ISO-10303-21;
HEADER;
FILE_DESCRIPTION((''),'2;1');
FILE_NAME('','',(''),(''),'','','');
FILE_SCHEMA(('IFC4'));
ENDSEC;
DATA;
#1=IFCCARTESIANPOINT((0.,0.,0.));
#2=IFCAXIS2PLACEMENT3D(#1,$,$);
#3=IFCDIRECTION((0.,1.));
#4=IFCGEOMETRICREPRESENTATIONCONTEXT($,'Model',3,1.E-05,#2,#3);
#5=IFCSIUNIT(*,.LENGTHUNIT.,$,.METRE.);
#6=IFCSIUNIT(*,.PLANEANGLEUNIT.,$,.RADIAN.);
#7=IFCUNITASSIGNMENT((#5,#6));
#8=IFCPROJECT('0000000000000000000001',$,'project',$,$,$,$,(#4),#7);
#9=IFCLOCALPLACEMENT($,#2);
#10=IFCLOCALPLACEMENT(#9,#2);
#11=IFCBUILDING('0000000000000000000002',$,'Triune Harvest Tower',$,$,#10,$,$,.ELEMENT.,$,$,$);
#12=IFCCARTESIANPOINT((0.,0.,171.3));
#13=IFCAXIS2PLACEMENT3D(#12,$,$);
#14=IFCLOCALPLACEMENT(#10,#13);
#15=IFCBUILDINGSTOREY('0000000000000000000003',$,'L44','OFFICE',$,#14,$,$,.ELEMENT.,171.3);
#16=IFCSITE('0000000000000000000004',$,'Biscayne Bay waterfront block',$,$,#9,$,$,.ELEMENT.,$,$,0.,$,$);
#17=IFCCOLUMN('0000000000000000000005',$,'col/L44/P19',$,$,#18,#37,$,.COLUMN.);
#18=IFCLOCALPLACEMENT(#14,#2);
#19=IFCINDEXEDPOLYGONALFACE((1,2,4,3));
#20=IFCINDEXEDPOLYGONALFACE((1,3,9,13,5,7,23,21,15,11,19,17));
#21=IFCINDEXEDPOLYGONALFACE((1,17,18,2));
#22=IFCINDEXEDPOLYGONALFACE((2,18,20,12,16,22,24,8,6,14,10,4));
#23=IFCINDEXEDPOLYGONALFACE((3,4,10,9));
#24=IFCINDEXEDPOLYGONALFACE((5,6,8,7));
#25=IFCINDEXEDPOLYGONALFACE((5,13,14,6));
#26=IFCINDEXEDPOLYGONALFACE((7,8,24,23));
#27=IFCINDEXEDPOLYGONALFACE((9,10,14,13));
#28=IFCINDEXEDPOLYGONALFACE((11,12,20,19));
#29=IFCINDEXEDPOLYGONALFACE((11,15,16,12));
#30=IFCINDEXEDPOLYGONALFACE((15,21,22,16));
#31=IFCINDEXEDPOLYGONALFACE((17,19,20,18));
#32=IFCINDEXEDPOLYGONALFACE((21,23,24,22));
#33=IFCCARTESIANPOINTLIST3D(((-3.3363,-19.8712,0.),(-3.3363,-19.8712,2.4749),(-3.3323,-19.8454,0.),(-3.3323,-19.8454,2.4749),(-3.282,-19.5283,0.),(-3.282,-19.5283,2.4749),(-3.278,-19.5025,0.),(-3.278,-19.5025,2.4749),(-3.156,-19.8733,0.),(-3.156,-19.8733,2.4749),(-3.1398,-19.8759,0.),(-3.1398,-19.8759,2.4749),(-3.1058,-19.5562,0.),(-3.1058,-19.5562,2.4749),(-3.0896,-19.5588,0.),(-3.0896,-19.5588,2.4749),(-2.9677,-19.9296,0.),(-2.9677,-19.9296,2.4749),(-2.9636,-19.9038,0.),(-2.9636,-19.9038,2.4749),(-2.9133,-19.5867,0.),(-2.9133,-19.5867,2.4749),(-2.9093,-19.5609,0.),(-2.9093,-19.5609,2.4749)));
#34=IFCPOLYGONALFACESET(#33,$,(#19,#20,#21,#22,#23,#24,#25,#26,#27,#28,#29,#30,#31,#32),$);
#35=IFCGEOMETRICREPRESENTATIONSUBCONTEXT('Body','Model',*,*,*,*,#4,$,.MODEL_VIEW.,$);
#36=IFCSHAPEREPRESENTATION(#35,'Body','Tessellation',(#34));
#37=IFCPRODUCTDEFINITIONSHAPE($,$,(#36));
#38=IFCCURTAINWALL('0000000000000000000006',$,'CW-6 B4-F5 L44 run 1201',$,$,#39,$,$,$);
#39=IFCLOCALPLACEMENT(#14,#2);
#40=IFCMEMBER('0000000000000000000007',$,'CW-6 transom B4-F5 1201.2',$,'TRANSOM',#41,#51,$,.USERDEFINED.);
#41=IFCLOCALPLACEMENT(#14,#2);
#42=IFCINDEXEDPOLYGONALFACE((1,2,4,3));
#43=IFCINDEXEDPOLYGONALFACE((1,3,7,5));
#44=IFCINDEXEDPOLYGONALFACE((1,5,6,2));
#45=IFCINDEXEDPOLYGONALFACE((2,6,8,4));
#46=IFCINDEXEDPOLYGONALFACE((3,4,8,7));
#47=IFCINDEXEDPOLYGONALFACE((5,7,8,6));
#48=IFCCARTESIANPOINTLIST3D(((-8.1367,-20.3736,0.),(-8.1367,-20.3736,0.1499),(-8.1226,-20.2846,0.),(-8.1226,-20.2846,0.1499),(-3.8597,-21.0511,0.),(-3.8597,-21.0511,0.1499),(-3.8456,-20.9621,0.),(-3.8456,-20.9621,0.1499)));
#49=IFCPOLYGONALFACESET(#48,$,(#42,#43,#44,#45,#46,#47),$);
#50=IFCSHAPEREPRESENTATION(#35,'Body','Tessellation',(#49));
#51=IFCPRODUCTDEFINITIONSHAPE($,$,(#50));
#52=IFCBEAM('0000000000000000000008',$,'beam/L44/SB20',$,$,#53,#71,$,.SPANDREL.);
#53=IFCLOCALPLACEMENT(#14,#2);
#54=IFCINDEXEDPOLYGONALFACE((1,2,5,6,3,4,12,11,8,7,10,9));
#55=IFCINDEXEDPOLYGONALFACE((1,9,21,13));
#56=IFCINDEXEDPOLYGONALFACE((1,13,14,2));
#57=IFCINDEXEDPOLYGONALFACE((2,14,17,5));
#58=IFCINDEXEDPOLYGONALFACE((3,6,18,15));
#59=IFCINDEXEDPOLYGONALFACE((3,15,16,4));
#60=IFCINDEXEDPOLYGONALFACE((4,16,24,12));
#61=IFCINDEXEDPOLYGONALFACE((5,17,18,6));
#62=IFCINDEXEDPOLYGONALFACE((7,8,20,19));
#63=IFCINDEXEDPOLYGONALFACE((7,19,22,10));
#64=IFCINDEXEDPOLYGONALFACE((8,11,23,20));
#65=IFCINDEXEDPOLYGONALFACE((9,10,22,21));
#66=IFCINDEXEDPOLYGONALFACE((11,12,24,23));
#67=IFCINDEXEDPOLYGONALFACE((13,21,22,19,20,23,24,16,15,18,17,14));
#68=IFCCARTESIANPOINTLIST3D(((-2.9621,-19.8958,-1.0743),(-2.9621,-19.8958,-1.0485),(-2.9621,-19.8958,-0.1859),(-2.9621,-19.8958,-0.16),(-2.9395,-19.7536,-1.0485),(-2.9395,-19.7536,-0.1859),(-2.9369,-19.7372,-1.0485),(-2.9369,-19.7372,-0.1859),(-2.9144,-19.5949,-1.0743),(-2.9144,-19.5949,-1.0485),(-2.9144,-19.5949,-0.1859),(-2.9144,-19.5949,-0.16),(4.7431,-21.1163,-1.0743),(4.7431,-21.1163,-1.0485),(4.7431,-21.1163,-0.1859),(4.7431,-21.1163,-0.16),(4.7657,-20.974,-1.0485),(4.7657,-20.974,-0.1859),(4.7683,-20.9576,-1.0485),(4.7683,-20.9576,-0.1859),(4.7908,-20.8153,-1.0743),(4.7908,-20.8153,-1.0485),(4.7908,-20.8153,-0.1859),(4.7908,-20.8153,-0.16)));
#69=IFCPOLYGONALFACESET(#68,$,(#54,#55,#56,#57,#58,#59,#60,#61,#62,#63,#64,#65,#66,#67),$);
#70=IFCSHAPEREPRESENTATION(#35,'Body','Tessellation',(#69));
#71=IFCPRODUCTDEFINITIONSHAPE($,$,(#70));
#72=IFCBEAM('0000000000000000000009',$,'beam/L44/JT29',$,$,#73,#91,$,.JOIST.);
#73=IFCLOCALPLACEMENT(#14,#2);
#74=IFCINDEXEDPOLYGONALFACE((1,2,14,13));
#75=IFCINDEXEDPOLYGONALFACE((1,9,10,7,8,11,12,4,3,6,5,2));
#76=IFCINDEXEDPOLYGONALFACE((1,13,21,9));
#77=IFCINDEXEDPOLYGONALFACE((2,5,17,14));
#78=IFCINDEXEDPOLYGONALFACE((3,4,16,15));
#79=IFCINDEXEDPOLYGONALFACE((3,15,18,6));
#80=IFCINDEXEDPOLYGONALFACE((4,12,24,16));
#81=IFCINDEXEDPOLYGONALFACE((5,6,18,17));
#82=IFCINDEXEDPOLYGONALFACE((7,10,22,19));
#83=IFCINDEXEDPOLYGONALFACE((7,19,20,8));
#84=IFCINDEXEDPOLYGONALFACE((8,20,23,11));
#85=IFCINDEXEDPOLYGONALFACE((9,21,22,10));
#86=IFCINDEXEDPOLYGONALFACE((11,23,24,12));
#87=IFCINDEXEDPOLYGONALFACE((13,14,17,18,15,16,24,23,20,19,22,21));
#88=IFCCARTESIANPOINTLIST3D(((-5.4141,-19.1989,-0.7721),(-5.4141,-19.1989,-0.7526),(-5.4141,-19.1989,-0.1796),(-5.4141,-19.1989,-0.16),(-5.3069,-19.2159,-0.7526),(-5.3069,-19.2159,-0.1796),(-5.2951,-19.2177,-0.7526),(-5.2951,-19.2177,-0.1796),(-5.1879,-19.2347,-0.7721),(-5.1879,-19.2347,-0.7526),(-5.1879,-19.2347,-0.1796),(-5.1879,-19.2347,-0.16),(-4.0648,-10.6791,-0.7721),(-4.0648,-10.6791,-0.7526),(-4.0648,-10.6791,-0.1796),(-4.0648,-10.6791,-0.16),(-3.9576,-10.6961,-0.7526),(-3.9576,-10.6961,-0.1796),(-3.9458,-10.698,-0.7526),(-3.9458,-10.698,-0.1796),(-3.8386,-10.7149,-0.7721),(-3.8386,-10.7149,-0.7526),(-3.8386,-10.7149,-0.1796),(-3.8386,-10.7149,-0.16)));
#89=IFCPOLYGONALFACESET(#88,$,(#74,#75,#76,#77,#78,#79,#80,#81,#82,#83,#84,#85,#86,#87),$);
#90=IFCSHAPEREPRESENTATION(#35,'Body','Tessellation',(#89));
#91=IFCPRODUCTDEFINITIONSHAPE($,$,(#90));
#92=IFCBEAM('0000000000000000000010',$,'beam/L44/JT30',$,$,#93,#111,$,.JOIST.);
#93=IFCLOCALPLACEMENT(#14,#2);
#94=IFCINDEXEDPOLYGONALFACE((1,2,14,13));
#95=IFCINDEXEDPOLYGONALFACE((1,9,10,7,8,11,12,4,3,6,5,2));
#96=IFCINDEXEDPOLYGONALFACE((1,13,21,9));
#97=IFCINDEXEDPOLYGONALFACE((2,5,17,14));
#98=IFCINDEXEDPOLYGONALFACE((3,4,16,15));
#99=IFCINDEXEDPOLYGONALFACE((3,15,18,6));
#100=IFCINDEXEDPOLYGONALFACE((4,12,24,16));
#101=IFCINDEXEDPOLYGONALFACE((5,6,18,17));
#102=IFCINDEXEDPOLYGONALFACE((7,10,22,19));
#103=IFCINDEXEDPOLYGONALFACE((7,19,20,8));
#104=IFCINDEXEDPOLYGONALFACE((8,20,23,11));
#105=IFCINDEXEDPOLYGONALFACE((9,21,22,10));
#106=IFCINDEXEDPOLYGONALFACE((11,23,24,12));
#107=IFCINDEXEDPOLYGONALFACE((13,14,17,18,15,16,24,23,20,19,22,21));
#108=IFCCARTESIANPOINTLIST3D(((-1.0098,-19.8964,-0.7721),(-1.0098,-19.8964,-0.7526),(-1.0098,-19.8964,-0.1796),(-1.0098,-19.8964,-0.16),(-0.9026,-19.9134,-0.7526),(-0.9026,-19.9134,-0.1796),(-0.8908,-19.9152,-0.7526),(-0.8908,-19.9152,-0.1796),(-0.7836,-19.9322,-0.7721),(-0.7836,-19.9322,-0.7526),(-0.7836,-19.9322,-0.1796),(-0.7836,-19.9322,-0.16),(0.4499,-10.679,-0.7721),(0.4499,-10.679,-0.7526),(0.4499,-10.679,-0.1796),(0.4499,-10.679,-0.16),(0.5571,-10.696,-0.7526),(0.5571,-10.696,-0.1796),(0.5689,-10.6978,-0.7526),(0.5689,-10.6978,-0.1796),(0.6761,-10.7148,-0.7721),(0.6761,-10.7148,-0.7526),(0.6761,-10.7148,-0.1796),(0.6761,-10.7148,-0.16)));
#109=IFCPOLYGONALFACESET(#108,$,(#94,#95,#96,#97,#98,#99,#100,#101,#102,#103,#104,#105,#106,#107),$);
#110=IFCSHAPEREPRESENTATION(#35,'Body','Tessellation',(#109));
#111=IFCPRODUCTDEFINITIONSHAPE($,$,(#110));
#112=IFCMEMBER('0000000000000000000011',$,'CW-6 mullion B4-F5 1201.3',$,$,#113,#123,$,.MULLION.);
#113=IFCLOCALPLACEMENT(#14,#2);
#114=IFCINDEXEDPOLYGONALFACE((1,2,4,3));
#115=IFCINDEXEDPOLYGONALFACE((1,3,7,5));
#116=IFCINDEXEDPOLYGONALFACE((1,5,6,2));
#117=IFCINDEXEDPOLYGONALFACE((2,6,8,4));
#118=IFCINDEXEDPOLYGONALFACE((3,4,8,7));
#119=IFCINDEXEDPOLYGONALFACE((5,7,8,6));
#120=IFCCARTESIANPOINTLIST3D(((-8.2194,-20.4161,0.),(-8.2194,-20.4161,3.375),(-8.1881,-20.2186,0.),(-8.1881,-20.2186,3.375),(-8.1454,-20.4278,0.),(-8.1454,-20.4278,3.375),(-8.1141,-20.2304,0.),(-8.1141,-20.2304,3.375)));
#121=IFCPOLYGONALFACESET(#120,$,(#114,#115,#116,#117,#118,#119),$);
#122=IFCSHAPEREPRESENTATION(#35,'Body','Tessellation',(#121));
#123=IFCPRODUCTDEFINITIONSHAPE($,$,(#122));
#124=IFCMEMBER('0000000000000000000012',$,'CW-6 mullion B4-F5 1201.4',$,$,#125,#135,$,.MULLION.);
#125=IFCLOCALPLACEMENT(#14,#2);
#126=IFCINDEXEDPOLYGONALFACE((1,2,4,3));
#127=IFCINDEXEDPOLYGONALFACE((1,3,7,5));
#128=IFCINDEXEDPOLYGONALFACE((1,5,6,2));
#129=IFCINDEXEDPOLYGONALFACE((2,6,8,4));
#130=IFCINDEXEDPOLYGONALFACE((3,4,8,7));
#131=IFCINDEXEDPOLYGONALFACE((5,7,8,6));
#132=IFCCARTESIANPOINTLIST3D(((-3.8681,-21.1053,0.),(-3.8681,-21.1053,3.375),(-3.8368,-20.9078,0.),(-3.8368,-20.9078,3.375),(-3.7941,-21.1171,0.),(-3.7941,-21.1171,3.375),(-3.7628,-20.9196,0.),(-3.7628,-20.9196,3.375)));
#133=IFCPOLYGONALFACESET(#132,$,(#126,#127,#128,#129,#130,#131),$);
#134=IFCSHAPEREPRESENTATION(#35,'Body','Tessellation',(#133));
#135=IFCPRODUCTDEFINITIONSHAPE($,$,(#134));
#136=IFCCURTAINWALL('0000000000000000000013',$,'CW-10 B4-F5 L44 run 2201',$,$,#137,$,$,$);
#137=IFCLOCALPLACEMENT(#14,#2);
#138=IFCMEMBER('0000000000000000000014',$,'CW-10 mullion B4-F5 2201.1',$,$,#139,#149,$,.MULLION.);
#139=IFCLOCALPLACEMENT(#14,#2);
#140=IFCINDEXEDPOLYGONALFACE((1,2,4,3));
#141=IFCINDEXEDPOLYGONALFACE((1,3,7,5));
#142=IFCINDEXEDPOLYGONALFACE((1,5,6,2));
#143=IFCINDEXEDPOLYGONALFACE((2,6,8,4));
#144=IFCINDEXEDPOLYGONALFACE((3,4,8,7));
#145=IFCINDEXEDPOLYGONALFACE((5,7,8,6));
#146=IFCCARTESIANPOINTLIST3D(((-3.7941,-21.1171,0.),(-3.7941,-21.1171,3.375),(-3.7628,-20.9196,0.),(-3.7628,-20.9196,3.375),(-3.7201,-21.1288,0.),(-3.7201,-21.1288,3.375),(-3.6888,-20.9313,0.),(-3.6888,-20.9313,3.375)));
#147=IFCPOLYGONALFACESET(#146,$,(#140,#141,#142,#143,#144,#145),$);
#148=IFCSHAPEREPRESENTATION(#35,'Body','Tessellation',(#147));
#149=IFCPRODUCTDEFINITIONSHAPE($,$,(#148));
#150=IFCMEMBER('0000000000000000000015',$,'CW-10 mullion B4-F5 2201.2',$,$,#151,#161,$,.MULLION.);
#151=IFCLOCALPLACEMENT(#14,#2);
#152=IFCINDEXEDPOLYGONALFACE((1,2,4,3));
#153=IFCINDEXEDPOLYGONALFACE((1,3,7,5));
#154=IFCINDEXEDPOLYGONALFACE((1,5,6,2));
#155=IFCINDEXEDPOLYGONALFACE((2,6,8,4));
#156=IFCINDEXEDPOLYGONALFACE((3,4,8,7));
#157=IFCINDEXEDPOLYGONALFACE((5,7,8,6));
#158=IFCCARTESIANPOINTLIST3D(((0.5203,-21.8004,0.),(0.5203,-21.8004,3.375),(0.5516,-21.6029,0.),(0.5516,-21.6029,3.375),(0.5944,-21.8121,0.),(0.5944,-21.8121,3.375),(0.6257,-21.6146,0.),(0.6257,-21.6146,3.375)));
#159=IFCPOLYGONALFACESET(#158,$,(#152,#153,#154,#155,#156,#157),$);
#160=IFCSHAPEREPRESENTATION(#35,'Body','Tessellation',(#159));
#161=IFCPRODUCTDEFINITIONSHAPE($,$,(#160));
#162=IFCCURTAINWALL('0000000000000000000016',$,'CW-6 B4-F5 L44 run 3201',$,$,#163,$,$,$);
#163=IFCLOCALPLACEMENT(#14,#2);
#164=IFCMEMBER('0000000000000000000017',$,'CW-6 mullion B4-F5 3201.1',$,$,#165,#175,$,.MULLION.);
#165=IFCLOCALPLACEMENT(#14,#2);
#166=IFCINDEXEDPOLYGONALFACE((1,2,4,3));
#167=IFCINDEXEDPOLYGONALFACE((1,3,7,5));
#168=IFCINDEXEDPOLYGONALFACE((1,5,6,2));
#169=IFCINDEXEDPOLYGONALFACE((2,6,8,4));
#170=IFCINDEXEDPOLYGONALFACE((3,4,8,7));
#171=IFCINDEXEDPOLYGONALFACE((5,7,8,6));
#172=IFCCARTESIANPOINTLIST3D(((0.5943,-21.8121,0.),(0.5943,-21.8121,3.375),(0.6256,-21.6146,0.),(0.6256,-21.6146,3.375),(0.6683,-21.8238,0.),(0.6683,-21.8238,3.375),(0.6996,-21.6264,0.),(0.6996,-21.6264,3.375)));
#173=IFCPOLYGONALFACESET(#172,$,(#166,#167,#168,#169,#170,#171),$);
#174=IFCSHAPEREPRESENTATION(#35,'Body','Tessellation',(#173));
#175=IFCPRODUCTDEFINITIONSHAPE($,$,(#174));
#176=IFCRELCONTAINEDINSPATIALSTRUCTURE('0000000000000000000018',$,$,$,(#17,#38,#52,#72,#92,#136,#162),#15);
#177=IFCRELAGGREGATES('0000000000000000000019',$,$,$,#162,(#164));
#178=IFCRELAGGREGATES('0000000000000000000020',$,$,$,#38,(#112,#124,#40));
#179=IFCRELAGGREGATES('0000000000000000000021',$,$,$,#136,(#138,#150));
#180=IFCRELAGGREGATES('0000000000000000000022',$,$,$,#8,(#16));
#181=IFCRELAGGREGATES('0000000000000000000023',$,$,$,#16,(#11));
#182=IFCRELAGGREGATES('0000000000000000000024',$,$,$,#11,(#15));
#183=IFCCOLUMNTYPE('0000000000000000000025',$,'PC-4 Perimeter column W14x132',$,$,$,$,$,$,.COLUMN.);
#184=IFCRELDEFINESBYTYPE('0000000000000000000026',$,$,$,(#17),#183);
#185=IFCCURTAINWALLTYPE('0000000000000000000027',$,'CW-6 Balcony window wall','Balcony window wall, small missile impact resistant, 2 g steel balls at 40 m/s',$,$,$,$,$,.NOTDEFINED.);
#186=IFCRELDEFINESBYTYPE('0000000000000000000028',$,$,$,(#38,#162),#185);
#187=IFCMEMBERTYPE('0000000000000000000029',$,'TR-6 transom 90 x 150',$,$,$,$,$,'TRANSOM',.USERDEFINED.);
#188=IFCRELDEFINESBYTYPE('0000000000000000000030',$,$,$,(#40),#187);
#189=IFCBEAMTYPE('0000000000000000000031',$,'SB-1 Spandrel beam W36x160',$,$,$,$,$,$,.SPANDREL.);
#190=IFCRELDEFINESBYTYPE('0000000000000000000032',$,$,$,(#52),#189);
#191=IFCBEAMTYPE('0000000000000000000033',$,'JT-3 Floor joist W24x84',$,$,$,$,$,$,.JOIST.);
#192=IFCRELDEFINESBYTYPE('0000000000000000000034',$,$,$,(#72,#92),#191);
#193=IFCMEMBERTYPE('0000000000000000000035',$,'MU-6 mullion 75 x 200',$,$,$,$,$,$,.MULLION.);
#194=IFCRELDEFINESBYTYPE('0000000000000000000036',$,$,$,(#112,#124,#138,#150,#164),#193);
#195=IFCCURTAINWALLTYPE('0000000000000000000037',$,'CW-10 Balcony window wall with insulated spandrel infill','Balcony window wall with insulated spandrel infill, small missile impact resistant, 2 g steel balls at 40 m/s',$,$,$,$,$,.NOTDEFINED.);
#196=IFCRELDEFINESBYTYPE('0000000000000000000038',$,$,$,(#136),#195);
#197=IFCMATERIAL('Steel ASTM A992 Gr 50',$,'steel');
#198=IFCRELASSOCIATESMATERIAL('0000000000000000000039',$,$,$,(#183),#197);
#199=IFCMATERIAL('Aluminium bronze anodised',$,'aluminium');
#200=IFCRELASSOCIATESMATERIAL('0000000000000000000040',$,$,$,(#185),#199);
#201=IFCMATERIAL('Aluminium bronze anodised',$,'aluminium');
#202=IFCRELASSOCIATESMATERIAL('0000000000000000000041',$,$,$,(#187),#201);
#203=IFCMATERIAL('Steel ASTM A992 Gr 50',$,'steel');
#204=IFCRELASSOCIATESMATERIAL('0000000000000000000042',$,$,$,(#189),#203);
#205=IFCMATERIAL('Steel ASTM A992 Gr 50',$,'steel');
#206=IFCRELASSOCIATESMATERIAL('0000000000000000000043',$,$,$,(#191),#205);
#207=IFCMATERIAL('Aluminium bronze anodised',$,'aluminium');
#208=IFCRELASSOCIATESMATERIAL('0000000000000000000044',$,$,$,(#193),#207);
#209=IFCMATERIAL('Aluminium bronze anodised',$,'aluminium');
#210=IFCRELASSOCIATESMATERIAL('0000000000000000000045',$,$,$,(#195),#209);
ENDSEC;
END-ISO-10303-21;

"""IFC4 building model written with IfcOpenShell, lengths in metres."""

from ifc_helpers import new_model, si_unit, direction, frame, origin, origin_2d, place, context, subcontext, project, spatial, rectangle, i_section, extrude, source, transform, mapped, material, material_profile, profile_set, type_object, element, aggregate, save


model = new_model("IFC4")

# Units and contexts
model_context = context("Model", 3, precision=1e-05, world=origin(), true_north=direction((0.0, 1.0)))
body_context = subcontext(model_context, "Body", "Model", "MODEL_VIEW")
ifc_project = project(units=[si_unit("LENGTHUNIT", "METRE"), si_unit("PLANEANGLEUNIT", "RADIAN")], contexts=[model_context])

# Site, building, storey
site_placement = place(None, origin())
site = spatial("IfcSite", under=ifc_project, at=site_placement, Name="Biscayne Bay waterfront block", CompositionType="ELEMENT", RefElevation=0.0)
building_placement = place(site_placement, origin())
building = spatial("IfcBuilding", under=site, at=building_placement, Name="Triune Harvest Tower", CompositionType="ELEMENT")
storey_placement = place(building_placement, frame((0.0, 0.0, 171.3)))
storey = spatial("IfcBuildingStorey", under=building, at=storey_placement, Name="L44", Description="OFFICE", CompositionType="ELEMENT", Elevation=171.3)

# Column
ifc_material_1 = material(Name="Steel ASTM A992 Gr 50", Category="steel")
ifc_material_profile_1 = material_profile(ifc_material_1, i_section(OverallWidth=0.3733, OverallDepth=0.3733, WebThickness=0.0164, FlangeThickness=0.0261, at=origin_2d()), Name="W14x132")
ifc_profile_set_1 = profile_set([ifc_material_profile_1], Name="Steel ASTM A992 Gr 50")
column_type = type_object("IfcColumnType", Name="PC-4 Perimeter column W14x132", PredefinedType="COLUMN", material=ifc_profile_set_1)
shared_shape_1 = source(origin(), body_context, "Body", "SweptSolid", [
    extrude(i_section(OverallWidth=0.3733, OverallDepth=0.3733, WebThickness=0.0164, FlangeThickness=0.0261, at=origin_2d()), origin(), (0.0, 0.0, 1.0), 2.4749),
])
column_placement = place(storey_placement, frame((-3.1228, -19.7161, 0.0), z_axis=(0.0, 0.0, 1.0), x_axis=(0.987688, -0.156434, 0.0)))
element("IfcColumn", 1, at=column_placement, inside=storey, type_object=column_type, Name="col/L44/P19", PredefinedType="COLUMN", context=body_context, shape_type="MappedRepresentation", body=[
    mapped(shared_shape_1, transform((0.0, 0.0, 0.0), scale=1.0)),
])

# Curtain wall, member
ifc_material_2 = material(Name="Aluminium bronze anodised", Category="aluminium")
curtain_wall_type_1 = type_object("IfcCurtainWallType", Name="CW-6 Balcony window wall", Description="Balcony window wall, small missile impact resistant, 2 g steel balls at 40 m/s", PredefinedType="NOTDEFINED", material=ifc_material_2)
curtain_wall_1_placement = place(storey_placement, origin())
curtain_wall_1 = element("IfcCurtainWall", 2, at=curtain_wall_1_placement, inside=storey, type_object=curtain_wall_type_1, Name="CW-6 B4-F5 L44 run 1201")
ifc_material_3 = material(Name="Aluminium bronze anodised", Category="aluminium")
ifc_material_profile_2 = material_profile(ifc_material_3, rectangle(XDim=0.0901, YDim=0.1499, at=origin_2d()), Name="TR-6 transom 90 x 150")
ifc_profile_set_2 = profile_set([ifc_material_profile_2], Name="Aluminium bronze anodised")
member_type_1 = type_object("IfcMemberType", Name="TR-6 transom 90 x 150", ElementType="TRANSOM", PredefinedType="USERDEFINED", material=ifc_profile_set_2)
member_1_placement = place(storey_placement, frame((-8.1296, -20.3291, 0.075), z_axis=(0.987686, -0.156449, 0.0), x_axis=(0.156449, 0.987686, 0.0)))
member_1 = element("IfcMember", 3, at=member_1_placement, type_object=member_type_1, Name="CW-6 transom B4-F5 1201.2", ObjectType="TRANSOM", PredefinedType="USERDEFINED", context=body_context, shape_type="SweptSolid", body=[
    extrude(rectangle(XDim=0.0901, YDim=0.1499, at=origin_2d()), origin(), (0.0, 0.0, 1.0), 4.3303),
])

# Beams
ifc_material_4 = material(Name="Steel ASTM A992 Gr 50", Category="steel")
ifc_material_profile_3 = material_profile(ifc_material_4, i_section(OverallWidth=0.3047, OverallDepth=0.9143, WebThickness=0.0166, FlangeThickness=0.0259, at=origin_2d()), Name="W36x160")
ifc_profile_set_3 = profile_set([ifc_material_profile_3], Name="Steel ASTM A992 Gr 50")
beam_type_1 = type_object("IfcBeamType", Name="SB-1 Spandrel beam W36x160", PredefinedType="SPANDREL", material=ifc_profile_set_3)
shared_shape_2 = source(origin(), body_context, "Body", "SweptSolid", [
    extrude(i_section(OverallWidth=0.3047, OverallDepth=0.9143, WebThickness=0.0166, FlangeThickness=0.0259, at=origin_2d()), origin(), (0.0, 0.0, 1.0), 7.8013),
])
beam_1_placement = place(storey_placement, frame((-2.9382, -19.7454, -0.6172), z_axis=(0.987687, -0.156441, 0.0), x_axis=(0.156441, 0.987687, 0.0)))
element("IfcBeam", 4, at=beam_1_placement, inside=storey, type_object=beam_type_1, Name="beam/L44/SB20", PredefinedType="SPANDREL", context=body_context, shape_type="MappedRepresentation", body=[
    mapped(shared_shape_2, transform((0.0, 0.0, 0.0), scale=1.0)),
])
ifc_material_5 = material(Name="Steel ASTM A992 Gr 50", Category="steel")
ifc_material_profile_4 = material_profile(ifc_material_5, i_section(OverallWidth=0.229, OverallDepth=0.6121, WebThickness=0.012, FlangeThickness=0.0195, at=origin_2d()), Name="W24x84")
ifc_profile_set_4 = profile_set([ifc_material_profile_4], Name="Steel ASTM A992 Gr 50")
beam_type_2 = type_object("IfcBeamType", Name="JT-3 Floor joist W24x84", PredefinedType="JOIST", material=ifc_profile_set_4)
shared_shape_3 = source(origin(), body_context, "Body", "SweptSolid", [
    extrude(i_section(OverallWidth=0.229, OverallDepth=0.6121, WebThickness=0.012, FlangeThickness=0.0195, at=origin_2d()), origin(), (0.0, 0.0, 1.0), 8.626),
])
beam_2_placement = place(storey_placement, frame((-5.301, -19.2168, -0.4661), z_axis=(0.156431, 0.987689, 0.0), x_axis=(-0.987689, 0.156431, 0.0)))
element("IfcBeam", 5, at=beam_2_placement, inside=storey, type_object=beam_type_2, Name="beam/L44/JT29", PredefinedType="JOIST", context=body_context, shape_type="MappedRepresentation", body=[
    mapped(shared_shape_3, transform((0.0, 0.0, 0.0), scale=1.0)),
])
shared_shape_4 = source(origin(), body_context, "Body", "SweptSolid", [
    extrude(i_section(OverallWidth=0.229, OverallDepth=0.6121, WebThickness=0.012, FlangeThickness=0.0195, at=origin_2d()), origin(), (0.0, 0.0, 1.0), 9.3323),
])
beam_3_placement = place(storey_placement, frame((-0.8967, -19.9143, -0.4661), z_axis=(0.156418, 0.987691, 0.0), x_axis=(-0.987691, 0.156418, 0.0)))
element("IfcBeam", 6, at=beam_3_placement, inside=storey, type_object=beam_type_2, Name="beam/L44/JT30", PredefinedType="JOIST", context=body_context, shape_type="MappedRepresentation", body=[
    mapped(shared_shape_4, transform((0.0, 0.0, 0.0), scale=1.0)),
])

# Members
ifc_material_6 = material(Name="Aluminium bronze anodised", Category="aluminium")
ifc_material_profile_5 = material_profile(ifc_material_6, rectangle(XDim=0.2, YDim=0.075, at=origin_2d()), Name="MU-6 mullion 75 x 200")
ifc_profile_set_5 = profile_set([ifc_material_profile_5], Name="Aluminium bronze anodised")
member_type_2 = type_object("IfcMemberType", Name="MU-6 mullion 75 x 200", PredefinedType="MULLION", material=ifc_profile_set_5)
shared_shape_5 = source(origin(), body_context, "Body", "SweptSolid", [
    extrude(rectangle(XDim=0.2, YDim=0.075, at=origin_2d()), origin(), (0.0, 0.0, 1.0), 3.375),
])
member_2_placement = place(storey_placement, frame((-8.1667, -20.3232, 0.0), z_axis=(0.0, 0.0, 1.0), x_axis=(0.156441, 0.987687, 0.0)))
member_2 = element("IfcMember", 7, at=member_2_placement, type_object=member_type_2, Name="CW-6 mullion B4-F5 1201.3", PredefinedType="MULLION", context=body_context, shape_type="MappedRepresentation", body=[
    mapped(shared_shape_5, transform((0.0, 0.0, 0.0), scale=1.0)),
])
member_3_placement = place(storey_placement, frame((-3.8154, -21.0125, 0.0), z_axis=(0.0, 0.0, 1.0), x_axis=(0.156441, 0.987687, 0.0)))
member_3 = element("IfcMember", 8, at=member_3_placement, type_object=member_type_2, Name="CW-6 mullion B4-F5 1201.4", PredefinedType="MULLION", context=body_context, shape_type="MappedRepresentation", body=[
    mapped(shared_shape_5, transform((0.0, 0.0, 0.0), scale=1.0)),
])

# Curtain wall, members
ifc_material_7 = material(Name="Aluminium bronze anodised", Category="aluminium")
curtain_wall_type_2 = type_object("IfcCurtainWallType", Name="CW-10 Balcony window wall with insulated spandrel infill", Description="Balcony window wall with insulated spandrel infill, small missile impact resistant, 2 g steel balls at 40 m/s", PredefinedType="NOTDEFINED", material=ifc_material_7)
curtain_wall_2_placement = place(storey_placement, origin())
curtain_wall_2 = element("IfcCurtainWall", 9, at=curtain_wall_2_placement, inside=storey, type_object=curtain_wall_type_2, Name="CW-10 B4-F5 L44 run 2201")
member_4_placement = place(storey_placement, frame((-3.7415, -21.0242, 0.0), z_axis=(0.0, 0.0, 1.0), x_axis=(0.156423, 0.98769, 0.0)))
member_4 = element("IfcMember", 10, at=member_4_placement, type_object=member_type_2, Name="CW-10 mullion B4-F5 2201.1", PredefinedType="MULLION", context=body_context, shape_type="MappedRepresentation", body=[
    mapped(shared_shape_5, transform((0.0, 0.0, 0.0), scale=1.0)),
])
member_5_placement = place(storey_placement, frame((0.573, -21.7075, 0.0), z_axis=(0.0, 0.0, 1.0), x_axis=(0.156423, 0.98769, 0.0)))
member_5 = element("IfcMember", 11, at=member_5_placement, type_object=member_type_2, Name="CW-10 mullion B4-F5 2201.2", PredefinedType="MULLION", context=body_context, shape_type="MappedRepresentation", body=[
    mapped(shared_shape_5, transform((0.0, 0.0, 0.0), scale=1.0)),
])

# Curtain wall, member
curtain_wall_3_placement = place(storey_placement, origin())
curtain_wall_3 = element("IfcCurtainWall", 12, at=curtain_wall_3_placement, inside=storey, type_object=curtain_wall_type_1, Name="CW-6 B4-F5 L44 run 3201")
member_6_placement = place(storey_placement, frame((0.647, -21.7192, 0.0), z_axis=(0.0, 0.0, 1.0), x_axis=(0.156448, 0.987686, 0.0)))
member_6 = element("IfcMember", 13, at=member_6_placement, type_object=member_type_2, Name="CW-6 mullion B4-F5 3201.1", PredefinedType="MULLION", context=body_context, shape_type="MappedRepresentation", body=[
    mapped(shared_shape_5, transform((0.0, 0.0, 0.0), scale=1.0)),
])

aggregate(curtain_wall_3, [member_6])

aggregate(curtain_wall_1, [member_2, member_3, member_1])
aggregate(curtain_wall_2, [member_4, member_5])

save(model, "model.ifc")
